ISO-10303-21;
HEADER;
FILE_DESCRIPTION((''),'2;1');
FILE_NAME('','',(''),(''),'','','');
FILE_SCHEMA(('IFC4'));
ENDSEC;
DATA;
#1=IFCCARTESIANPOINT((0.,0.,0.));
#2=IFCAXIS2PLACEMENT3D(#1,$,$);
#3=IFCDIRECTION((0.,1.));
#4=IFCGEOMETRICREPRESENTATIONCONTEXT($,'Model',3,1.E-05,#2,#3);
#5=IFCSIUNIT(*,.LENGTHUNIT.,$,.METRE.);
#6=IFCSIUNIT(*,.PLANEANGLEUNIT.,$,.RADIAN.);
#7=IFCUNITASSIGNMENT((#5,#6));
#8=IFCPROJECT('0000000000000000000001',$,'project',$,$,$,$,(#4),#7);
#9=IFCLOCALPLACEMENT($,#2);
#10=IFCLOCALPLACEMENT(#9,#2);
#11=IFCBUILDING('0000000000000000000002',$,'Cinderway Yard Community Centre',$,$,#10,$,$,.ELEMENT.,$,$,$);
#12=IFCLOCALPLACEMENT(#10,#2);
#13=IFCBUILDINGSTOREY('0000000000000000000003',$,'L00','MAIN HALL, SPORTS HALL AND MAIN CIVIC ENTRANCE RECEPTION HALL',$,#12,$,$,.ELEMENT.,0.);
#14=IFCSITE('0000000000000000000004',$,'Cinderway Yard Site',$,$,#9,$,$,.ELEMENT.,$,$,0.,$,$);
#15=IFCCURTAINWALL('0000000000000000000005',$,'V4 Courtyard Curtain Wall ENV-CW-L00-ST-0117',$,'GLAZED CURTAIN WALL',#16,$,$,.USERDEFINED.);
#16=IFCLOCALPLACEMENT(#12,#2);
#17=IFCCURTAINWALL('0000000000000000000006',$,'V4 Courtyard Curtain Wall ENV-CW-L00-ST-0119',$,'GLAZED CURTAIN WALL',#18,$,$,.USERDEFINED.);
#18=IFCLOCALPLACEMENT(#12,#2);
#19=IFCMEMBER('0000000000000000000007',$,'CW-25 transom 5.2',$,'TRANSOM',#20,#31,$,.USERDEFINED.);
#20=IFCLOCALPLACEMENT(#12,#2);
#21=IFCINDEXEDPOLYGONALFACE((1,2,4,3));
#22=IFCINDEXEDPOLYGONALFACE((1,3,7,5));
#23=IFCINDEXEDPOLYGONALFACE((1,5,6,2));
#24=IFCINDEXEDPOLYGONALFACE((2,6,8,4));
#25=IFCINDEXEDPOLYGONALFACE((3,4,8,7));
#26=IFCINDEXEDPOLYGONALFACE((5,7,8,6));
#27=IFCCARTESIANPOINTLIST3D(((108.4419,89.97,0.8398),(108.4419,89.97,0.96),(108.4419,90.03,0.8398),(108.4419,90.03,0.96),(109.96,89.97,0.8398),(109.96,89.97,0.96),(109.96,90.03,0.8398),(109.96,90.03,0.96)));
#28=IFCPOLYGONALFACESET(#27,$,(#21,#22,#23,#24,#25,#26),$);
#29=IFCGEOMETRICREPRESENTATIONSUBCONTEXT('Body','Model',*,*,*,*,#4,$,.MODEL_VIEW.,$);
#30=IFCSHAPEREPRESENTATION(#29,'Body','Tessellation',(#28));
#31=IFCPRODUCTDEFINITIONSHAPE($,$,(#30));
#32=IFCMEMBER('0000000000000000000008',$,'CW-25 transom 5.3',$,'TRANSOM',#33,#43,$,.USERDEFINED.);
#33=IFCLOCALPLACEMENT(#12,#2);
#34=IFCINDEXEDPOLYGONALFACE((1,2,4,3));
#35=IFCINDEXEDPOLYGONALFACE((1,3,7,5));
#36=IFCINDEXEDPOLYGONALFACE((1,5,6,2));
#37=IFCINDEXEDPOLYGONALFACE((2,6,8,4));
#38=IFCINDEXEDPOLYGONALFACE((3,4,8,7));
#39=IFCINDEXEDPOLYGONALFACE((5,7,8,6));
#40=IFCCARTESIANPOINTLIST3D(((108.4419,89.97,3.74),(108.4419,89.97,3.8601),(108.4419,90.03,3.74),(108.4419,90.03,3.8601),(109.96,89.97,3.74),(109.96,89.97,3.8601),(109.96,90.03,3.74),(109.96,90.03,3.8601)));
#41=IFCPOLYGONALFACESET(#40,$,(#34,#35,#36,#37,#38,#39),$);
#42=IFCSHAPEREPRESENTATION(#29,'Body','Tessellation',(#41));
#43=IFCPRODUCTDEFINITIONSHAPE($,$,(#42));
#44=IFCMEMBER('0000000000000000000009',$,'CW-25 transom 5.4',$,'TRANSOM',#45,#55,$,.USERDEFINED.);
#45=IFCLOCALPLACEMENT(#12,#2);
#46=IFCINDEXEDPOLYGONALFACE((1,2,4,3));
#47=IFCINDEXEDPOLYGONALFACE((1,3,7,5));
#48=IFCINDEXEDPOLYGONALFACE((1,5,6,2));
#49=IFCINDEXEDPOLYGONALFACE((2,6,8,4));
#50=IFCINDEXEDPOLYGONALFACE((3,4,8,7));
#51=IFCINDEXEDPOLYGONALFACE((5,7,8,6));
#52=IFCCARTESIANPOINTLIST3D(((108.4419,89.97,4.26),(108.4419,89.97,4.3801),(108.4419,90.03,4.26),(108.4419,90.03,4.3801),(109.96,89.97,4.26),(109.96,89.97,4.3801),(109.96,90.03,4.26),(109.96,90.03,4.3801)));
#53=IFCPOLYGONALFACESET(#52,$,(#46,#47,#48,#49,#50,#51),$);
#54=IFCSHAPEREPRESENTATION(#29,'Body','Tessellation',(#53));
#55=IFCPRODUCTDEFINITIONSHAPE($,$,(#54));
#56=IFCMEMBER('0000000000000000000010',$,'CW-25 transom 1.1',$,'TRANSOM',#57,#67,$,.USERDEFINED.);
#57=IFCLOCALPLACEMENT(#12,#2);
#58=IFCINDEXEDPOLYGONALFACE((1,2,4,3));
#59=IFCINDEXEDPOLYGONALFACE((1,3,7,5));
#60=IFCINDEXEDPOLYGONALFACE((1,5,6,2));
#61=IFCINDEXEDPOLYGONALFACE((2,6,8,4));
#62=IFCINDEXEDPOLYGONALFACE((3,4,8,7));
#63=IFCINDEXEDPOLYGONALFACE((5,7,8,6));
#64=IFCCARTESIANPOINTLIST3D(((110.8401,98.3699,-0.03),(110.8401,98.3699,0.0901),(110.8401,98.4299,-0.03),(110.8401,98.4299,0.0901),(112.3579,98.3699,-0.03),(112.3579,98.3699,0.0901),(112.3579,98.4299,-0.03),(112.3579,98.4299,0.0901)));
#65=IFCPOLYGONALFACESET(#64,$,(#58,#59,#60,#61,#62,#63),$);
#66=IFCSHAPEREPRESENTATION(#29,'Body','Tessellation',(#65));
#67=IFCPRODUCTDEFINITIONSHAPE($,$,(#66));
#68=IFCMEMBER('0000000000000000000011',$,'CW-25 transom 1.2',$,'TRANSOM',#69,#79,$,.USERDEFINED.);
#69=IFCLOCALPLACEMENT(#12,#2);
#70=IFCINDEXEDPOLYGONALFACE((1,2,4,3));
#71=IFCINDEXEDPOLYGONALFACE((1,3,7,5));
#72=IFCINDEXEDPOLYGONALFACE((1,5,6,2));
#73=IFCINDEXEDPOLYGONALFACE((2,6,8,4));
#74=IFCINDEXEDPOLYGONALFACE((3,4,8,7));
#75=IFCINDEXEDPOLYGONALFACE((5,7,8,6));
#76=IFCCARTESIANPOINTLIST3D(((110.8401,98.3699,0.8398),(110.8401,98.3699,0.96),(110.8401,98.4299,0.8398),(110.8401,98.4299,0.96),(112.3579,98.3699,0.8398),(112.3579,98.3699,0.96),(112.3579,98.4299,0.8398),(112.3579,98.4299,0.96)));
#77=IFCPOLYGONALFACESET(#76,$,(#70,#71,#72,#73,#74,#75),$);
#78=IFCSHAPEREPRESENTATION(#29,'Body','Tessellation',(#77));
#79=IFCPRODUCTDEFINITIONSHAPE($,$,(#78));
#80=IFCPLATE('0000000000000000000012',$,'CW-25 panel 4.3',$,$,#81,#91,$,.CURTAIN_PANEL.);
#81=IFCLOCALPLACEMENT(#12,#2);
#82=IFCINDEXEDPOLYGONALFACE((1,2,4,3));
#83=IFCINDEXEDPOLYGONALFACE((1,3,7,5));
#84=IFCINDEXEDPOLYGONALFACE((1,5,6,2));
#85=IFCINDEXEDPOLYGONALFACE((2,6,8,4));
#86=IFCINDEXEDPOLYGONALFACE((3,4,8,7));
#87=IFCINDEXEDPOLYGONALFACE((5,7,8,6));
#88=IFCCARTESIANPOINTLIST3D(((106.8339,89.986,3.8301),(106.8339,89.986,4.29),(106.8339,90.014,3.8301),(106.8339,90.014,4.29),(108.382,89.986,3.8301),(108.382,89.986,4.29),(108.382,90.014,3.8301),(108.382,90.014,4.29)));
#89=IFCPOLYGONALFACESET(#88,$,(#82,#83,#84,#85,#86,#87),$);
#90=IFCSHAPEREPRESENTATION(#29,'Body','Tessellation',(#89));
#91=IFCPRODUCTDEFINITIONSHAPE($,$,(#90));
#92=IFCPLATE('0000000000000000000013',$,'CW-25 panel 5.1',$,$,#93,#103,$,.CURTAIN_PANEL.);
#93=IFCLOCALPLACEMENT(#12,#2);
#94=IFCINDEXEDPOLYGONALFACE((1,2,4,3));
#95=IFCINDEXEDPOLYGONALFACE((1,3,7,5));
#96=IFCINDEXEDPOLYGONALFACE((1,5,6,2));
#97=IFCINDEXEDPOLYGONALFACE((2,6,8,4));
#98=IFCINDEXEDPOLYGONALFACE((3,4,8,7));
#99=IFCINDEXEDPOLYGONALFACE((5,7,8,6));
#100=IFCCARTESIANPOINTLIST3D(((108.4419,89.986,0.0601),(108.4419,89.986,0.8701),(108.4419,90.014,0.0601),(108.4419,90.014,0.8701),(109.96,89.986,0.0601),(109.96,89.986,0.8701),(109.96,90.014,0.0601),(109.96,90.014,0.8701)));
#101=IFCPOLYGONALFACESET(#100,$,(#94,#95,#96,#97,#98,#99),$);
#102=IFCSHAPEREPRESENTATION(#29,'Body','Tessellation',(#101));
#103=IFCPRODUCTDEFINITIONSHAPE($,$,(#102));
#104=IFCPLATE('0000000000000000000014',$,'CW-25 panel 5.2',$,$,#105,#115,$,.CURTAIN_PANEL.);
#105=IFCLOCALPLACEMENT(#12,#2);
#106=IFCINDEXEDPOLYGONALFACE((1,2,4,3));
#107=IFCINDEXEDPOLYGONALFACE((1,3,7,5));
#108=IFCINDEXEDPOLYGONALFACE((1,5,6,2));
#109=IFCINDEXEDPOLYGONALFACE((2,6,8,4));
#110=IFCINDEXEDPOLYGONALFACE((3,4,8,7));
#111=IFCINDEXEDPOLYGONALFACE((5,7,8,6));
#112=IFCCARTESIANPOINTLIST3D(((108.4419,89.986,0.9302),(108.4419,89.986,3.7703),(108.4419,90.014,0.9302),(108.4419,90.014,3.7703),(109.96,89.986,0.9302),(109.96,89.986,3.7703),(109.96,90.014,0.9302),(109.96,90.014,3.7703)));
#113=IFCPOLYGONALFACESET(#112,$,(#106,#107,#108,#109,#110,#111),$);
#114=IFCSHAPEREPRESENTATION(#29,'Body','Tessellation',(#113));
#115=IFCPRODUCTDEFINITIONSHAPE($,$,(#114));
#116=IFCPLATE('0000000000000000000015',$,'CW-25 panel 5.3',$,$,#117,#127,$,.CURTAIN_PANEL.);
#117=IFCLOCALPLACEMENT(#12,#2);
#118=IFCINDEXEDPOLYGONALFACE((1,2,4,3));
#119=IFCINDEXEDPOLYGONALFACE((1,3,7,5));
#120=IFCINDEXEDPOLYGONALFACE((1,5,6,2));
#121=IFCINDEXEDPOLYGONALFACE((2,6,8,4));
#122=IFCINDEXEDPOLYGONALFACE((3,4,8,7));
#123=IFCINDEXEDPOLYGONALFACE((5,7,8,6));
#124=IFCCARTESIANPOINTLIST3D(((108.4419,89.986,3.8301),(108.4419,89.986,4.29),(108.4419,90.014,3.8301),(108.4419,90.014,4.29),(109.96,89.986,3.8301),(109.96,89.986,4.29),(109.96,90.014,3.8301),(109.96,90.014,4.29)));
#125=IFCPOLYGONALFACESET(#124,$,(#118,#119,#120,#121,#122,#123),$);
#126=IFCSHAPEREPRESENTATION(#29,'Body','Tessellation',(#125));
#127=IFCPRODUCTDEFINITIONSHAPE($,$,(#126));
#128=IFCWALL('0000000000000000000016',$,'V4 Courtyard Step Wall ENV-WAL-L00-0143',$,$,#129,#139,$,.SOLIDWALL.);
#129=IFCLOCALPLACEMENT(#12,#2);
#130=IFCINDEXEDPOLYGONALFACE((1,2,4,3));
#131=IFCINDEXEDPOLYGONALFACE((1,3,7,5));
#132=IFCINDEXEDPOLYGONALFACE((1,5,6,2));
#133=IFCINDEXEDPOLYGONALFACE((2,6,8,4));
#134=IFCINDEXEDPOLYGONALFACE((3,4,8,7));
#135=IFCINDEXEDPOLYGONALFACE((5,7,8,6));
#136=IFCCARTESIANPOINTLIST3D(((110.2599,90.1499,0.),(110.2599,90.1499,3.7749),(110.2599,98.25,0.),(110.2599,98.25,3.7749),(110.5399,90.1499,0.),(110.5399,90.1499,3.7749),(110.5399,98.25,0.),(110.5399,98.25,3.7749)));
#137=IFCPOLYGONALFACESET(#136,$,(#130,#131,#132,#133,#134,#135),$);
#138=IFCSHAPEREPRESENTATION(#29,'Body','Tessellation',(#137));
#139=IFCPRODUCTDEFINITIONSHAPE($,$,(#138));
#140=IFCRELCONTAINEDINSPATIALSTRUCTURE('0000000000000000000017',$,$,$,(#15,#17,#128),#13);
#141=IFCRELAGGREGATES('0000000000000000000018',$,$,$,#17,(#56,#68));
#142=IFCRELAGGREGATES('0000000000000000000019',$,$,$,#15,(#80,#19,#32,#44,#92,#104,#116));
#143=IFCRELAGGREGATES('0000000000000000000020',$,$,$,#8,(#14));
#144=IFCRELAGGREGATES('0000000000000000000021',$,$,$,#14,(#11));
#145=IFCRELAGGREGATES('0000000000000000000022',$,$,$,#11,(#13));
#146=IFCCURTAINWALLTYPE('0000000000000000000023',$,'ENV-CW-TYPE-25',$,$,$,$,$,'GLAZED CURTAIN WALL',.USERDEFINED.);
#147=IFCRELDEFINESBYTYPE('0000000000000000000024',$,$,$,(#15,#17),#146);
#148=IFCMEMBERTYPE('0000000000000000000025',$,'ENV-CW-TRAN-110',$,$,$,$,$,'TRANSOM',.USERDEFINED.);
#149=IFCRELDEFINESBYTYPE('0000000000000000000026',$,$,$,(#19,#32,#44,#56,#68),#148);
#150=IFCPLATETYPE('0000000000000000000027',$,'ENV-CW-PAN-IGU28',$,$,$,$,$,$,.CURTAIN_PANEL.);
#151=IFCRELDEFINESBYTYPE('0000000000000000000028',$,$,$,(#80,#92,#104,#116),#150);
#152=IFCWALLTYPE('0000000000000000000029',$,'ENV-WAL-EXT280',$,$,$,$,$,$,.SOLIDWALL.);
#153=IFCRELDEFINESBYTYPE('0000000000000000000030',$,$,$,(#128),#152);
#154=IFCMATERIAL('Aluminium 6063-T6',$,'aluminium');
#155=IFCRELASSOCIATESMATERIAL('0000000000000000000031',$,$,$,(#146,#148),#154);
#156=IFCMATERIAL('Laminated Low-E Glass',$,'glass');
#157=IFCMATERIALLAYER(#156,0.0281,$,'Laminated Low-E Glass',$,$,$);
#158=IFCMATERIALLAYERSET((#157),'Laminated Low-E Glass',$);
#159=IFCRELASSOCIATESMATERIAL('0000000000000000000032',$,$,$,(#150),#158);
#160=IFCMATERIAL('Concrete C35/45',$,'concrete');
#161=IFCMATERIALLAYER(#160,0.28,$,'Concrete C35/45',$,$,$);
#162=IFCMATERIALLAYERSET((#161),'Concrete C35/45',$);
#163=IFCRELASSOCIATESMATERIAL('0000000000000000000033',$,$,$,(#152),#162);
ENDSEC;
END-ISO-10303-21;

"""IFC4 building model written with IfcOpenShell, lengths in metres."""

from ifc_helpers import new_model, si_unit, direction, frame, frame_2d, origin, origin_2d, place, context, subcontext, project, spatial, rectangle, extrude, material, layer, layer_set, material_profile, profile_set, type_object, element, aggregate, save


model = new_model("IFC4")

# Units and contexts
model_context = context("Model", 3, precision=1e-05, world=origin(), true_north=direction((0.0, 1.0)))
body_context = subcontext(model_context, "Body", "Model", "MODEL_VIEW")
ifc_project = project(units=[si_unit("LENGTHUNIT", "METRE"), si_unit("PLANEANGLEUNIT", "RADIAN")], contexts=[model_context])

# Site, building, storey
site_placement = place(None, origin())
site = spatial("IfcSite", under=ifc_project, at=site_placement, Name="Cinderway Yard Site", CompositionType="ELEMENT", RefElevation=0.0)
building_placement = place(site_placement, origin())
building = spatial("IfcBuilding", under=site, at=building_placement, Name="Cinderway Yard Community Centre", CompositionType="ELEMENT")
storey_placement = place(building_placement, origin())
storey = spatial("IfcBuildingStorey", under=building, at=storey_placement, Name="L00", Description="MAIN HALL, SPORTS HALL AND MAIN CIVIC ENTRANCE RECEPTION HALL", CompositionType="ELEMENT", Elevation=0.0)

# Curtain wall
ifc_material_1 = material(Name="Aluminium 6063-T6", Category="aluminium")
curtain_wall_type = type_object("IfcCurtainWallType", Name="ENV-CW-TYPE-25", ElementType="GLAZED CURTAIN WALL", PredefinedType="USERDEFINED", material=ifc_material_1)
curtain_wall_1_placement = place(storey_placement, origin())
curtain_wall_1 = element("IfcCurtainWall", 1, at=curtain_wall_1_placement, inside=storey, type_object=curtain_wall_type, Name="V4 Courtyard Curtain Wall ENV-CW-L00-ST-0117", ObjectType="GLAZED CURTAIN WALL", PredefinedType="USERDEFINED")

# Curtain wall
curtain_wall_2_placement = place(storey_placement, origin())
curtain_wall_2 = element("IfcCurtainWall", 2, at=curtain_wall_2_placement, inside=storey, type_object=curtain_wall_type, Name="V4 Courtyard Curtain Wall ENV-CW-L00-ST-0119", ObjectType="GLAZED CURTAIN WALL", PredefinedType="USERDEFINED")

# Members
ifc_material_profile_1 = material_profile(ifc_material_1, rectangle(XDim=0.0601, YDim=0.1201, at=origin_2d()), Name="Aluminium 6063-T6")
ifc_profile_set_1 = profile_set([ifc_material_profile_1], Name="Aluminium 6063-T6")
member_type_1 = type_object("IfcMemberType", Name="ENV-CW-TRAN-110", ElementType="TRANSOM", PredefinedType="USERDEFINED", material=ifc_profile_set_1)
member_1_placement = place(storey_placement, frame((108.4419, 90.0, 0.8999), z_axis=(1.0, 0.0, 0.0), x_axis=(0.0, 1.0, 0.0)))
member_1 = element("IfcMember", 3, at=member_1_placement, type_object=member_type_1, Name="CW-25 transom 5.2", ObjectType="TRANSOM", PredefinedType="USERDEFINED", context=body_context, shape_type="SweptSolid", body=[
    extrude(rectangle(XDim=0.0601, YDim=0.1201, at=origin_2d()), origin(), (0.0, 0.0, 1.0), 1.5181),
])
member_2_placement = place(storey_placement, frame((108.4419, 90.0, 3.8), z_axis=(1.0, 0.0, 0.0), x_axis=(0.0, 1.0, 0.0)))
member_2 = element("IfcMember", 4, at=member_2_placement, type_object=member_type_1, Name="CW-25 transom 5.3", ObjectType="TRANSOM", PredefinedType="USERDEFINED", context=body_context, shape_type="SweptSolid", body=[
    extrude(rectangle(XDim=0.0601, YDim=0.1201, at=origin_2d()), origin(), (0.0, 0.0, 1.0), 1.5181),
])
member_3_placement = place(storey_placement, frame((108.4419, 90.0, 4.3201), z_axis=(1.0, 0.0, 0.0), x_axis=(0.0, 1.0, 0.0)))
member_3 = element("IfcMember", 5, at=member_3_placement, type_object=member_type_1, Name="CW-25 transom 5.4", ObjectType="TRANSOM", PredefinedType="USERDEFINED", context=body_context, shape_type="SweptSolid", body=[
    extrude(rectangle(XDim=0.0601, YDim=0.1201, at=origin_2d()), origin(), (0.0, 0.0, 1.0), 1.5181),
])
member_4_placement = place(storey_placement, frame((110.8401, 98.3999, 0.03), z_axis=(1.0, 0.0, 0.0), x_axis=(0.0, 1.0, 0.0)))
member_4 = element("IfcMember", 6, at=member_4_placement, type_object=member_type_1, Name="CW-25 transom 1.1", ObjectType="TRANSOM", PredefinedType="USERDEFINED", context=body_context, shape_type="SweptSolid", body=[
    extrude(rectangle(XDim=0.0601, YDim=0.1201, at=origin_2d()), origin(), (0.0, 0.0, 1.0), 1.5178),
])
member_5_placement = place(storey_placement, frame((110.8401, 98.3999, 0.8999), z_axis=(1.0, 0.0, 0.0), x_axis=(0.0, 1.0, 0.0)))
member_5 = element("IfcMember", 7, at=member_5_placement, type_object=member_type_1, Name="CW-25 transom 1.2", ObjectType="TRANSOM", PredefinedType="USERDEFINED", context=body_context, shape_type="SweptSolid", body=[
    extrude(rectangle(XDim=0.0601, YDim=0.1201, at=origin_2d()), origin(), (0.0, 0.0, 1.0), 1.5178),
])
aggregate(curtain_wall_2, [member_4, member_5])

# Plates
ifc_material_2 = material(Name="Laminated Low-E Glass", Category="glass")
ifc_layer_1 = layer(ifc_material_2, 0.0281, Name="Laminated Low-E Glass")
ifc_layer_set_1 = layer_set([ifc_layer_1], Name="Laminated Low-E Glass")
plate_type = type_object("IfcPlateType", Name="ENV-CW-PAN-IGU28", PredefinedType="CURTAIN_PANEL", material=ifc_layer_set_1)
plate_1_placement = place(storey_placement, frame((107.6079, 90.0, 3.8301), z_axis=(0.0, 0.0, 1.0), x_axis=(1.0, 0.0, 0.0)))
plate_1 = element("IfcPlate", 8, at=plate_1_placement, type_object=plate_type, Name="CW-25 panel 4.3", PredefinedType="CURTAIN_PANEL", context=body_context, shape_type="SweptSolid", body=[
    extrude(rectangle(XDim=1.5481, YDim=0.0281, at=origin_2d()), origin(), (0.0, 0.0, 1.0), 0.46),
])
plate_2_placement = place(storey_placement, frame((109.2009, 90.0, 0.0601), z_axis=(0.0, 0.0, 1.0), x_axis=(1.0, 0.0, 0.0)))
plate_2 = element("IfcPlate", 9, at=plate_2_placement, type_object=plate_type, Name="CW-25 panel 5.1", PredefinedType="CURTAIN_PANEL", context=body_context, shape_type="SweptSolid", body=[
    extrude(rectangle(XDim=1.5181, YDim=0.0281, at=origin_2d()), origin(), (0.0, 0.0, 1.0), 0.8101),
])
plate_3_placement = place(storey_placement, frame((109.2009, 90.0, 0.9302), z_axis=(0.0, 0.0, 1.0), x_axis=(1.0, 0.0, 0.0)))
plate_3 = element("IfcPlate", 10, at=plate_3_placement, type_object=plate_type, Name="CW-25 panel 5.2", PredefinedType="CURTAIN_PANEL", context=body_context, shape_type="SweptSolid", body=[
    extrude(rectangle(XDim=1.5181, YDim=0.0281, at=origin_2d()), origin(), (0.0, 0.0, 1.0), 2.8401),
])
plate_4_placement = place(storey_placement, frame((109.2009, 90.0, 3.8301), z_axis=(0.0, 0.0, 1.0), x_axis=(1.0, 0.0, 0.0)))
plate_4 = element("IfcPlate", 11, at=plate_4_placement, type_object=plate_type, Name="CW-25 panel 5.3", PredefinedType="CURTAIN_PANEL", context=body_context, shape_type="SweptSolid", body=[
    extrude(rectangle(XDim=1.5181, YDim=0.0281, at=origin_2d()), origin(), (0.0, 0.0, 1.0), 0.46),
])
aggregate(curtain_wall_1, [plate_1, member_1, member_2, member_3, plate_2, plate_3, plate_4])

# Wall
ifc_material_3 = material(Name="Concrete C35/45", Category="concrete")
ifc_layer_2 = layer(ifc_material_3, 0.28, Name="Concrete C35/45")
ifc_layer_set_2 = layer_set([ifc_layer_2], Name="Concrete C35/45")
wall_type = type_object("IfcWallType", Name="ENV-WAL-EXT280", PredefinedType="SOLIDWALL", material=ifc_layer_set_2)
wall_placement = place(storey_placement, frame((110.3999, 90.1499, 0.0), z_axis=(0.0, 0.0, 1.0), x_axis=(0.0, 1.0, 0.0)))
element("IfcWall", 12, at=wall_placement, inside=storey, type_object=wall_type, Name="V4 Courtyard Step Wall ENV-WAL-L00-0143", PredefinedType="SOLIDWALL", context=body_context, shape_type="SweptSolid", body=[
    extrude(rectangle(XDim=8.1001, YDim=0.28, at=frame_2d((4.05, 0.0))), origin(), (0.0, 0.0, 1.0), 3.7749),
])

save(model, "model.ifc")
